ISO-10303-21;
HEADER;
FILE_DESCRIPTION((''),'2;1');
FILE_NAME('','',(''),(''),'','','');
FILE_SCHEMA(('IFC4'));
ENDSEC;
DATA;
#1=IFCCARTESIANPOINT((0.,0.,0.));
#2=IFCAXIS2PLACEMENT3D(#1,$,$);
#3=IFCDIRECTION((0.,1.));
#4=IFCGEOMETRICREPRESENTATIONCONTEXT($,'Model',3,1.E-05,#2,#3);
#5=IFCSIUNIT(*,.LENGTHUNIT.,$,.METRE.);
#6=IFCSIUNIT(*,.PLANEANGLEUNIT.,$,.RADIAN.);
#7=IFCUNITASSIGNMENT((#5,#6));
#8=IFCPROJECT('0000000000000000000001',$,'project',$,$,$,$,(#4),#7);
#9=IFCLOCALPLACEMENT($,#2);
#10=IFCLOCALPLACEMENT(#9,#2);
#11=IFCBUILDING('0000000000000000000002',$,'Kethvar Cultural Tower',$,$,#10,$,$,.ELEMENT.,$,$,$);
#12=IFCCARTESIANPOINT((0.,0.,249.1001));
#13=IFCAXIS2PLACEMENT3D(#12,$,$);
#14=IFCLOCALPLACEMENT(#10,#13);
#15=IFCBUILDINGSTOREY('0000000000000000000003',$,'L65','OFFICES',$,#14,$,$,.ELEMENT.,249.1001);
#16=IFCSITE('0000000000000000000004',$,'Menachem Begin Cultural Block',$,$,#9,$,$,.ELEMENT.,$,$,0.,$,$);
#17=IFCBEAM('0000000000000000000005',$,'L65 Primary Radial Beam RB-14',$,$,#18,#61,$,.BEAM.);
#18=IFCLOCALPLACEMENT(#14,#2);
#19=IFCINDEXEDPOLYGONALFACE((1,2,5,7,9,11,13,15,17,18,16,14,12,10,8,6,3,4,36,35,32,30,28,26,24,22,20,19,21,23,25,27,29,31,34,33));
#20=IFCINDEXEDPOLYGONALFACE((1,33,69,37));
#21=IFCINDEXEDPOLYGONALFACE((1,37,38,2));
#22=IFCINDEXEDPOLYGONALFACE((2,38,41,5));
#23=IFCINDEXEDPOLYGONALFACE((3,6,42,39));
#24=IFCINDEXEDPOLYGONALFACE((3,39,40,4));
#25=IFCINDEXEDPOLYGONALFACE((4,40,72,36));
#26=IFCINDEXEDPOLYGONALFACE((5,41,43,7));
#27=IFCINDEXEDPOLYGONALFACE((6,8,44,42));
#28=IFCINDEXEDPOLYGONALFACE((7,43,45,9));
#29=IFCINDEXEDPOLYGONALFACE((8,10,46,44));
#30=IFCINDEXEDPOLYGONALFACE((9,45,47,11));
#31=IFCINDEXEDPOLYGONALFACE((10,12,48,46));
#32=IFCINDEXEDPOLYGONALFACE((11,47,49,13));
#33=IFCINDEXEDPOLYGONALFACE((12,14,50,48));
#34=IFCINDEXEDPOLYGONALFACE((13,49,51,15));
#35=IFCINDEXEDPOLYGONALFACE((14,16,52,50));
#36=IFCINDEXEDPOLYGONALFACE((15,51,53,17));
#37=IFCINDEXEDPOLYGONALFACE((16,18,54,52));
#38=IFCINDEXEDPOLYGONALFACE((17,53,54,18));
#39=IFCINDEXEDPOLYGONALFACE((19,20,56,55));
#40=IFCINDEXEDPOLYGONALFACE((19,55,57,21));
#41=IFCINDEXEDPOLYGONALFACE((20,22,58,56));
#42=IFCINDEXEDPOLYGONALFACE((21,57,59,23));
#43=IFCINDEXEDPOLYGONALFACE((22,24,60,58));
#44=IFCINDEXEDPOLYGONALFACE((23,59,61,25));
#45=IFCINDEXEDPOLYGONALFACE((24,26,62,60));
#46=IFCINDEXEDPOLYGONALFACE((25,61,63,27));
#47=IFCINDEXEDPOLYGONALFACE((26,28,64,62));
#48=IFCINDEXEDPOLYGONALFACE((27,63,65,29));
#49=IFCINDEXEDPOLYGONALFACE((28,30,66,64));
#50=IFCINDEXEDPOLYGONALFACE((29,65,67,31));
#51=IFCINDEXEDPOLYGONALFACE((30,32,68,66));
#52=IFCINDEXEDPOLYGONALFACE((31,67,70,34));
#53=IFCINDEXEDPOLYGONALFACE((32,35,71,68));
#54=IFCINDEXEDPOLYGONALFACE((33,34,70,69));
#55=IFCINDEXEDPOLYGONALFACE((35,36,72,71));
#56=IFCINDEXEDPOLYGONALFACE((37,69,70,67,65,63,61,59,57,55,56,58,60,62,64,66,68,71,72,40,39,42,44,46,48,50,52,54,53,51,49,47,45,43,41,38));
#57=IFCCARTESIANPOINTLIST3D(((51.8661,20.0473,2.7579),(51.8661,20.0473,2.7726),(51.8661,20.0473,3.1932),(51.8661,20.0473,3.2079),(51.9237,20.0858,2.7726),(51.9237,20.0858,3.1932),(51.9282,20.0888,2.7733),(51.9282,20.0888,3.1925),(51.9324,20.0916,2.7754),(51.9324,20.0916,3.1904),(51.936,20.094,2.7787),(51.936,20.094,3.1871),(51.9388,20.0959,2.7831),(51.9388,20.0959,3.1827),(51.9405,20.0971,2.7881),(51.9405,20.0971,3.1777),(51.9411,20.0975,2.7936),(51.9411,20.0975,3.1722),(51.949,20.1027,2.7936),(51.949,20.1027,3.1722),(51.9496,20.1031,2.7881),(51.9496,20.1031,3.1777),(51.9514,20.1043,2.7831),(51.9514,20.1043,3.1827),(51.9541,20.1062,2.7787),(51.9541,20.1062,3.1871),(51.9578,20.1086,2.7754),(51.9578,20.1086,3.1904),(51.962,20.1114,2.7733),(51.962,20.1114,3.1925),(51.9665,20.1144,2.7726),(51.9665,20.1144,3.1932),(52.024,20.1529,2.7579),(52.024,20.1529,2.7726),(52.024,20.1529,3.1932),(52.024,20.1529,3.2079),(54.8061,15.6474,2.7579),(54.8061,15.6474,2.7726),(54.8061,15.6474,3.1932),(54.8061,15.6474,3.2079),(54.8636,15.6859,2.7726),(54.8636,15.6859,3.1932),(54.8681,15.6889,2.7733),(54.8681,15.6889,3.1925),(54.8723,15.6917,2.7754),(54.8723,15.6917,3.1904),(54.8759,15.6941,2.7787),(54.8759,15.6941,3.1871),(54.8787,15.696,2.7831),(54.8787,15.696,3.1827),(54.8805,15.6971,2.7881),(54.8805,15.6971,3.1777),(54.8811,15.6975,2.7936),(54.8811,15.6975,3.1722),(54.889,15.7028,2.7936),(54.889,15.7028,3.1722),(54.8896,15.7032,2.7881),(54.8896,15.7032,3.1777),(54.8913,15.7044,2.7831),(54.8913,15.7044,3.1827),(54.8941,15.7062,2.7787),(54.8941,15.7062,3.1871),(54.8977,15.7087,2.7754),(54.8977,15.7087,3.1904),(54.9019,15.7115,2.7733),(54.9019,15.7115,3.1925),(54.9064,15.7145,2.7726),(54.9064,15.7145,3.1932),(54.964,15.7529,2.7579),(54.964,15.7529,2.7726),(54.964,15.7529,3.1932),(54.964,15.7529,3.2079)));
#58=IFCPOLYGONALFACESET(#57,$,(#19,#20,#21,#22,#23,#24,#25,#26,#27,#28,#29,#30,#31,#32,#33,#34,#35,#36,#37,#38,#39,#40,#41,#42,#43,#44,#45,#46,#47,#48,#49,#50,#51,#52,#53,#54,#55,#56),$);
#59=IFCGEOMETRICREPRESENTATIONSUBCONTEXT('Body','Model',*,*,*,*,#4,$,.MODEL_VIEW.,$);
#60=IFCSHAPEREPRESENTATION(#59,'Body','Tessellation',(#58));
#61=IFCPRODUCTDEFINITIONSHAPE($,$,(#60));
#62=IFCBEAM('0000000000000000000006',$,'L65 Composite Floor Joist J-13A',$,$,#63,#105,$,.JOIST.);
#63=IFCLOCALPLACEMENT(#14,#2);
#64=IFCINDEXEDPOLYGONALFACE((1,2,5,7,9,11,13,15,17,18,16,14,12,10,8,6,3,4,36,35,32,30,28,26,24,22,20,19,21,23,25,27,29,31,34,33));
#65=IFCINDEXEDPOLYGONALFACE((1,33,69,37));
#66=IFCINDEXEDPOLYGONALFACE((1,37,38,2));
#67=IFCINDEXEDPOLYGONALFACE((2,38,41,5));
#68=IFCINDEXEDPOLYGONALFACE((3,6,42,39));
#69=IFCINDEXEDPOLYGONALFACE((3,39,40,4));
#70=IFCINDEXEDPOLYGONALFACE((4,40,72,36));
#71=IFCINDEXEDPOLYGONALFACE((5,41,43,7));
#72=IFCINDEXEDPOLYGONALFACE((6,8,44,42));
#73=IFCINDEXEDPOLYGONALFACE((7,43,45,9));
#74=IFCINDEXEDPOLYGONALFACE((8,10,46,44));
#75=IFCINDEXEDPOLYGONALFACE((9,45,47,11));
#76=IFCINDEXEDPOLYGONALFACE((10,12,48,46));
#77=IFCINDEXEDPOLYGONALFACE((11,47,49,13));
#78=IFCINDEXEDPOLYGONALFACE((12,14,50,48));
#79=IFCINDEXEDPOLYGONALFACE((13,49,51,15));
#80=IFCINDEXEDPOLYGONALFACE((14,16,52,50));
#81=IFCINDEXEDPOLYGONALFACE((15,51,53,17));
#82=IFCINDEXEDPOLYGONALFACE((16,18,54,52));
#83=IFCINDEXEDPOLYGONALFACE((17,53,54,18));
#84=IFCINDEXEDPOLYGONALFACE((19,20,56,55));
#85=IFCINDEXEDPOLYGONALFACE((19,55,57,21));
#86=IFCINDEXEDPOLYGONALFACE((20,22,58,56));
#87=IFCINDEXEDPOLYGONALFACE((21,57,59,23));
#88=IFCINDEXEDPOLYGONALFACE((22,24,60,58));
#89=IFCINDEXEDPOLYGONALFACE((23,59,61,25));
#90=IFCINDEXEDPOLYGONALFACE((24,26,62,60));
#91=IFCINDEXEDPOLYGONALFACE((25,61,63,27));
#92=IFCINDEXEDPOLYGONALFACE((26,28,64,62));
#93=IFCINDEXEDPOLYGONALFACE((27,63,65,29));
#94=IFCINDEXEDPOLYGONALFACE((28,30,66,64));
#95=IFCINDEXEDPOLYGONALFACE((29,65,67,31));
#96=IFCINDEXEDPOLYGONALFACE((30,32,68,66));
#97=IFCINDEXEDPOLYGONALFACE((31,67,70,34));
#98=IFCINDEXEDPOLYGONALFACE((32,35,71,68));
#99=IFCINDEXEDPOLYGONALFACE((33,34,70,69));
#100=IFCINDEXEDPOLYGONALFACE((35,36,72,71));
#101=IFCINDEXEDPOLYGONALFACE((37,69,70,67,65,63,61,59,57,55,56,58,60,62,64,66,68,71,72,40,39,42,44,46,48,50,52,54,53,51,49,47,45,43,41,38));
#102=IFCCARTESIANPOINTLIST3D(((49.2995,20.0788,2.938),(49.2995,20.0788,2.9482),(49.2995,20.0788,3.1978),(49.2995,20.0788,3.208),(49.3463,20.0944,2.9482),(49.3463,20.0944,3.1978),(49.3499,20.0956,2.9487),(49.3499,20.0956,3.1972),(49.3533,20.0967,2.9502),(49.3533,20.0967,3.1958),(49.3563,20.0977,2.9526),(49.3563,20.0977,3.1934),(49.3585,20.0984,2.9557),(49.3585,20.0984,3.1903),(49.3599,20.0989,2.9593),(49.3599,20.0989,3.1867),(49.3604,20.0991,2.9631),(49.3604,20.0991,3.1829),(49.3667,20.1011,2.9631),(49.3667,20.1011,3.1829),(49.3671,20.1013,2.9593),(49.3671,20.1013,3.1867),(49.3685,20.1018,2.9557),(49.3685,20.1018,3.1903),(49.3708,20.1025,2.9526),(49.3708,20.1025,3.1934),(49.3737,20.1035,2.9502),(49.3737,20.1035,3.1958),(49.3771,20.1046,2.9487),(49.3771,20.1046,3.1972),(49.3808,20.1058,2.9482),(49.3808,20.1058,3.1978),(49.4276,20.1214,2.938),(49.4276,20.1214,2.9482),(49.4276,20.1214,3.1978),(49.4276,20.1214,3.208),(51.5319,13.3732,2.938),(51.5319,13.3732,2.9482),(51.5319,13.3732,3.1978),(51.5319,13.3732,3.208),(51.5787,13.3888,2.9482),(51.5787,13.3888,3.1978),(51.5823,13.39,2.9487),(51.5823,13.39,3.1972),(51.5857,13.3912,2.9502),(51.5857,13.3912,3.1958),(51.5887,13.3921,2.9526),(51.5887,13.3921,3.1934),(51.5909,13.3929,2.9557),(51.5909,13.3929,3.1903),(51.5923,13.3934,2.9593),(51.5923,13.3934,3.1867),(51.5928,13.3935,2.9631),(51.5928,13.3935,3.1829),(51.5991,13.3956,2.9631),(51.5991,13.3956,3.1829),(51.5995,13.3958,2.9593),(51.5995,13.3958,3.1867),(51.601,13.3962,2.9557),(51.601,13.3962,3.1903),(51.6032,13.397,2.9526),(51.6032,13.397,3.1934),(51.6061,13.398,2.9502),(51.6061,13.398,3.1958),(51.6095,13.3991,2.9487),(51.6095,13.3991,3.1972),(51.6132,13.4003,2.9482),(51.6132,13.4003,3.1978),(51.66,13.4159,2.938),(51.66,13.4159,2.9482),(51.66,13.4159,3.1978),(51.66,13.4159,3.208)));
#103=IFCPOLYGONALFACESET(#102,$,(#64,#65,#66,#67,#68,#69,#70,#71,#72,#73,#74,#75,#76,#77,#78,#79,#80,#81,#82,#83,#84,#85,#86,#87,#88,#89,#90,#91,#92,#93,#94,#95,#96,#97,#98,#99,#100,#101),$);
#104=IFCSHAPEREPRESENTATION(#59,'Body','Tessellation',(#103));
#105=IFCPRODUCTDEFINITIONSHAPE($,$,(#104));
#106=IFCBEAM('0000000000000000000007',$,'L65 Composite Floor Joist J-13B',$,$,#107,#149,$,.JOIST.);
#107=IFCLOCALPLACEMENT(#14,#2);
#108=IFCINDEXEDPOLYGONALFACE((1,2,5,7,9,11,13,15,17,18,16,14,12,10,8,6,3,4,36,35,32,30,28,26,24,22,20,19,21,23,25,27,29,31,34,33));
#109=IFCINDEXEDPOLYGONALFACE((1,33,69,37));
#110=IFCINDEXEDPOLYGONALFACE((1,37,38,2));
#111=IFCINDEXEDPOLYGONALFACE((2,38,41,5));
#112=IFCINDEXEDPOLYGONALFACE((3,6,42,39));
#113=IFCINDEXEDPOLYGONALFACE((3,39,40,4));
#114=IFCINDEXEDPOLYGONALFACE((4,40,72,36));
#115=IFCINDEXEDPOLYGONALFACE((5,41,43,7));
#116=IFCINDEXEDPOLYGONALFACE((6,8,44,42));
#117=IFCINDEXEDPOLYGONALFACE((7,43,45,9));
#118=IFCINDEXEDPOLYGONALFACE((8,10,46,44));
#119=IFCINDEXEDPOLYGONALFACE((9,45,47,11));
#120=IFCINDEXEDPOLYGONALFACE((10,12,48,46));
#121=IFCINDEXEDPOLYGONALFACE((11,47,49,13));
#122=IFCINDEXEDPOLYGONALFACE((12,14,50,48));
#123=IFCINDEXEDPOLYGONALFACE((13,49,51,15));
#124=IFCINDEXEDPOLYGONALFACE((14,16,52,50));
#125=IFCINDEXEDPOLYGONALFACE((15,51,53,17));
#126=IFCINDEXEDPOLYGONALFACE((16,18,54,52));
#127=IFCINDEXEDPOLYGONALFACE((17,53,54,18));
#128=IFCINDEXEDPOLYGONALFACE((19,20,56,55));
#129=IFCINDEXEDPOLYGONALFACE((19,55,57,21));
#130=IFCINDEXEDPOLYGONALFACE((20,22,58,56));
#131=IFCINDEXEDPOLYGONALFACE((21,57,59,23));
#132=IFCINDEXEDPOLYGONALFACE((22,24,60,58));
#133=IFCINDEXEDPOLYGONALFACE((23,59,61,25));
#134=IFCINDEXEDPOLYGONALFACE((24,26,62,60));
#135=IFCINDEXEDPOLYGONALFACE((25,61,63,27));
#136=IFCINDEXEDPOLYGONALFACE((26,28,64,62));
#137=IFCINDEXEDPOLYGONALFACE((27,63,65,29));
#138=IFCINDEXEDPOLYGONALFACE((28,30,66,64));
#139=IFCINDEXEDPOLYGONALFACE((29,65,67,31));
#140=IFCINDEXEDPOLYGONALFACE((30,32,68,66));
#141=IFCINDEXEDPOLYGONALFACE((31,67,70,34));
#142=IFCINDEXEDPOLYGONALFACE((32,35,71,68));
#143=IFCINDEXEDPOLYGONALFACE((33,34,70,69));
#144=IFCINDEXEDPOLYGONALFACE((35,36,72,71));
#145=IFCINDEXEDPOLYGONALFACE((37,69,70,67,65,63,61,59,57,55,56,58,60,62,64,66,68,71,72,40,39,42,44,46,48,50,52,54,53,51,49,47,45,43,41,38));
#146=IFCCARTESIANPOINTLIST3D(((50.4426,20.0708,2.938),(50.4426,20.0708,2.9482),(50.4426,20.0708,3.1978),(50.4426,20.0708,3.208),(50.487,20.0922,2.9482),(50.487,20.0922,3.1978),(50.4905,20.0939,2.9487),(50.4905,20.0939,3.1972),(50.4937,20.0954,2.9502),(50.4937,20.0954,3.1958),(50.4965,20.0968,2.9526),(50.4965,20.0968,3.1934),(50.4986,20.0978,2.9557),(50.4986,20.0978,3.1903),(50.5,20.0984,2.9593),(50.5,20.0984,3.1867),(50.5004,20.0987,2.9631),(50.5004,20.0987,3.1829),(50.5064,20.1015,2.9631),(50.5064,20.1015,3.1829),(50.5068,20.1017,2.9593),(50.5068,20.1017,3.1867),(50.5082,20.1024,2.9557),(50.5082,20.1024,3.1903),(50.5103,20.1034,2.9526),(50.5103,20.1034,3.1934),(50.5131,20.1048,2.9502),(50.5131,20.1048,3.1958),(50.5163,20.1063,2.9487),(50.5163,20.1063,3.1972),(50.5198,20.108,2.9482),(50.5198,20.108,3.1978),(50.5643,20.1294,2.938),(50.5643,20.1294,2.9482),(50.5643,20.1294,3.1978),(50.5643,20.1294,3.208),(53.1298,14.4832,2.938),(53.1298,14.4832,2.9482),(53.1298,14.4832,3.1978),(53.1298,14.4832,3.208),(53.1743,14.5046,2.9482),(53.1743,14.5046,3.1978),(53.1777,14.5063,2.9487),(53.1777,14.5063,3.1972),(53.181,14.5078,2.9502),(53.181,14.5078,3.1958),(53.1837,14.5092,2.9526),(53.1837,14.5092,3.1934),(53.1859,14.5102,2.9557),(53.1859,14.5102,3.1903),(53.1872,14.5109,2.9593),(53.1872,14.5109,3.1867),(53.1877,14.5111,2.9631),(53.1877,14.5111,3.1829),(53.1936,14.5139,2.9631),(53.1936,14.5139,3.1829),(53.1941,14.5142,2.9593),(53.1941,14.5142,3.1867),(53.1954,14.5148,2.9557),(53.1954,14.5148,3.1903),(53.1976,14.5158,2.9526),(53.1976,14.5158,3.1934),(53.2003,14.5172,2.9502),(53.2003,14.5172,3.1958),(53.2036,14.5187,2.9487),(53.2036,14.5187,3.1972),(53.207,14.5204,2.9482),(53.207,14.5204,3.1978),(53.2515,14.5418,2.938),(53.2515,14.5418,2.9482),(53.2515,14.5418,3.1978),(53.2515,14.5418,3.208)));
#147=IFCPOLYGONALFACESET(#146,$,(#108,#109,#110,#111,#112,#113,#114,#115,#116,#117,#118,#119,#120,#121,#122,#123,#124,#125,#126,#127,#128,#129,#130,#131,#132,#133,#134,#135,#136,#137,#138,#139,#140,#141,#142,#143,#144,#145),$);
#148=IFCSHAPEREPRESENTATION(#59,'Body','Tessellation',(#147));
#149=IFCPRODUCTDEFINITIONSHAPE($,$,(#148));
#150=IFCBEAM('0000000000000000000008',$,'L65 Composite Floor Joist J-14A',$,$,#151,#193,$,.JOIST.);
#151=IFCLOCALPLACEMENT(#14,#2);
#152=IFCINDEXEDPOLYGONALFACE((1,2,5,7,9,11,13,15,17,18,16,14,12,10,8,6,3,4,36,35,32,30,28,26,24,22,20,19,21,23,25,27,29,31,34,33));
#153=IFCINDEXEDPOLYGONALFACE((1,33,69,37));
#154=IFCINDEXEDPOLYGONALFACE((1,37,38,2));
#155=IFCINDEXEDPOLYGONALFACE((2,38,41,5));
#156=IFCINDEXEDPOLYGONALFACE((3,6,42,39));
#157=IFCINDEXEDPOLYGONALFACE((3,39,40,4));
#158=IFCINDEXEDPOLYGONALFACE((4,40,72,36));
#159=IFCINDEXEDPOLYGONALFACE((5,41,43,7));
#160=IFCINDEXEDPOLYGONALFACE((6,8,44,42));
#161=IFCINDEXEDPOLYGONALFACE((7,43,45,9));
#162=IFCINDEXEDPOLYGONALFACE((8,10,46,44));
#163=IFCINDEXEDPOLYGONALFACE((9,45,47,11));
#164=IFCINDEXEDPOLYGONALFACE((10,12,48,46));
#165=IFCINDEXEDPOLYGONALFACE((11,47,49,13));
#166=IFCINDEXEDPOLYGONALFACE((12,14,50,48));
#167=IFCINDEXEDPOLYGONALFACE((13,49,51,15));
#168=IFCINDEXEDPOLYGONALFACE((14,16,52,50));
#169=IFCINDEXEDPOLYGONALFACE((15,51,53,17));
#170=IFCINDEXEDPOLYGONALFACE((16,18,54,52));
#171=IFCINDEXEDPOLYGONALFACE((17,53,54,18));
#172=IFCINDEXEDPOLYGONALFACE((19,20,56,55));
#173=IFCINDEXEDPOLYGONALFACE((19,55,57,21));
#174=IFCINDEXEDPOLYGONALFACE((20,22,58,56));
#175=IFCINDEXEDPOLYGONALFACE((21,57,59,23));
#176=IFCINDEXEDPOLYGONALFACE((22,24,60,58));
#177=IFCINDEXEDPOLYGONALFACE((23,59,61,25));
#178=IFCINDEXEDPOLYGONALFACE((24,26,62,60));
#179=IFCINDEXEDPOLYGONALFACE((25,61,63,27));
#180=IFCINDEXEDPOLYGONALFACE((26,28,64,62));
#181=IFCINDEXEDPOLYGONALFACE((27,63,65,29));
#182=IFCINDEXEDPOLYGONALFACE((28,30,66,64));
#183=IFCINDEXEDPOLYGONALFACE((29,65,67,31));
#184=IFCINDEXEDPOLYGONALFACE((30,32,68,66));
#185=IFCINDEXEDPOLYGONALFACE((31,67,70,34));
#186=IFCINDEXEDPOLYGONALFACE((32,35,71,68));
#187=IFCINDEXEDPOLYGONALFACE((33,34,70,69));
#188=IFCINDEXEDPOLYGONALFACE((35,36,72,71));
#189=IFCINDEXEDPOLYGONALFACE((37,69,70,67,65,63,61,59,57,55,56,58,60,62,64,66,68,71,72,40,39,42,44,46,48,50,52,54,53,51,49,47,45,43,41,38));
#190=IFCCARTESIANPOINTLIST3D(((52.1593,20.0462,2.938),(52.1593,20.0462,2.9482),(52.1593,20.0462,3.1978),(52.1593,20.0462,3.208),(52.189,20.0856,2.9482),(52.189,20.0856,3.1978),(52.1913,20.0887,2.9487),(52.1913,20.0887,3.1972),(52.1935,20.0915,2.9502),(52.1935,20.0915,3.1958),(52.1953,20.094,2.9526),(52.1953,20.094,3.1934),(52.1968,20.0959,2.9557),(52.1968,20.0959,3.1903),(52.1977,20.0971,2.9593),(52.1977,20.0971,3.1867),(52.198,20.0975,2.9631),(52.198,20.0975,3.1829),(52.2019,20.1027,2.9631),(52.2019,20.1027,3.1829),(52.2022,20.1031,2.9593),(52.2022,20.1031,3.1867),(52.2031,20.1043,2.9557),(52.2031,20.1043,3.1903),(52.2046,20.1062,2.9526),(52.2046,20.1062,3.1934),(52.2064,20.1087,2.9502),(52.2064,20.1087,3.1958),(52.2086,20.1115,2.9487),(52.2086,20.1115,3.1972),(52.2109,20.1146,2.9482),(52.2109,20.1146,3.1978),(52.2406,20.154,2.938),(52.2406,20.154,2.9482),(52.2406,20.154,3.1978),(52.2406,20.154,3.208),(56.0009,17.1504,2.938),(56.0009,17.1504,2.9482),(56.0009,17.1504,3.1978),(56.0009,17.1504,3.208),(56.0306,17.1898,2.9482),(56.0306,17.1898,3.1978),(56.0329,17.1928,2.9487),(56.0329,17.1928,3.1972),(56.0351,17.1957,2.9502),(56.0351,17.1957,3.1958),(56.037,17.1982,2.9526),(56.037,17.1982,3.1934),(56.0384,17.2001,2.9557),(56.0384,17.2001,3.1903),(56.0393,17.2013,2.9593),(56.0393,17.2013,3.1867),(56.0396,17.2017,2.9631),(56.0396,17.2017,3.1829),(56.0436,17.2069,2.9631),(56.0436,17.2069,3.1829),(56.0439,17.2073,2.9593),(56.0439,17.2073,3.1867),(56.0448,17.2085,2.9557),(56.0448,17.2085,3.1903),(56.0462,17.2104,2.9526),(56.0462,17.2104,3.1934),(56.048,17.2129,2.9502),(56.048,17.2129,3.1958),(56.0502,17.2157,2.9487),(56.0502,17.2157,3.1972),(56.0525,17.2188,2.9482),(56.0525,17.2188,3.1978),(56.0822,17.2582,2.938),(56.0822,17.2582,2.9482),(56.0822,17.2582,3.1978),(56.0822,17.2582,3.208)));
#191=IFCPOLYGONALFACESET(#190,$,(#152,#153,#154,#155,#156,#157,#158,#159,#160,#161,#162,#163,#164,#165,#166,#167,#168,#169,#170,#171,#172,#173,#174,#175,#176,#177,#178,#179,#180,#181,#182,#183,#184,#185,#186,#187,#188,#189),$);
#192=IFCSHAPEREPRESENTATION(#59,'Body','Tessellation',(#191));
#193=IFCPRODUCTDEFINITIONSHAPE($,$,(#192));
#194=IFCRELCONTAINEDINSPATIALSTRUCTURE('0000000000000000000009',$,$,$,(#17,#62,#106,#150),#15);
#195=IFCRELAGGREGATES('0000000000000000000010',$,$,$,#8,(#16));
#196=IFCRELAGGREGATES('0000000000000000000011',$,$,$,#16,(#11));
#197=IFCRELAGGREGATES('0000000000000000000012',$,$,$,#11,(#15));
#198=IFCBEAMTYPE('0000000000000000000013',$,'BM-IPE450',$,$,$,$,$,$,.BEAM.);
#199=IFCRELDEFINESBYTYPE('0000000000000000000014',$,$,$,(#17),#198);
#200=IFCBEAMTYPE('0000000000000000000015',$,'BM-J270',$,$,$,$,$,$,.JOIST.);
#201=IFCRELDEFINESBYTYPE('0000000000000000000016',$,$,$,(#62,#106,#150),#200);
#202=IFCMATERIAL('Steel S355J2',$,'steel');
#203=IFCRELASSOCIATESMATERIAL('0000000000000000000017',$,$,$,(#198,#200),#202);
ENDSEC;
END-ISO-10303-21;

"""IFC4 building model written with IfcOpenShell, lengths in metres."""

from ifc_helpers import new_model, si_unit, direction, frame, origin, origin_2d, place, context, subcontext, project, spatial, i_section, extrude, source, transform, mapped, material, material_profile, profile_set, type_object, element, save


model = new_model("IFC4")

# Units and contexts
model_context = context("Model", 3, precision=1e-05, world=origin(), true_north=direction((0.0, 1.0)))
body_context = subcontext(model_context, "Body", "Model", "MODEL_VIEW")
ifc_project = project(units=[si_unit("LENGTHUNIT", "METRE"), si_unit("PLANEANGLEUNIT", "RADIAN")], contexts=[model_context])

# Site, building, storey
site_placement = place(None, origin())
site = spatial("IfcSite", under=ifc_project, at=site_placement, Name="Menachem Begin Cultural Block", CompositionType="ELEMENT", RefElevation=0.0)
building_placement = place(site_placement, origin())
building = spatial("IfcBuilding", under=site, at=building_placement, Name="Kethvar Cultural Tower", CompositionType="ELEMENT")
storey_placement = place(building_placement, frame((0.0, 0.0, 249.1001)))
storey = spatial("IfcBuildingStorey", under=building, at=storey_placement, Name="L65", Description="OFFICES", CompositionType="ELEMENT", Elevation=249.1001)

# Beams
ifc_material_1 = material(Name="Steel S355J2", Category="steel")
ifc_material_profile_1 = material_profile(ifc_material_1, i_section(OverallWidth=0.1899, OverallDepth=0.45, WebThickness=0.0095, FlangeThickness=0.0146, FilletRadius=0.021, at=origin_2d()), Name="Steel S355J2 — IPE450")
ifc_profile_set_1 = profile_set([ifc_material_profile_1], Name="Steel S355J2 — IPE450")
beam_type_1 = type_object("IfcBeamType", Name="BM-IPE450", PredefinedType="BEAM", material=ifc_profile_set_1)
shared_shape_1 = source(origin(), body_context, "Body", "SweptSolid", [
    extrude(i_section(OverallWidth=0.1899, OverallDepth=0.45, WebThickness=0.0095, FlangeThickness=0.0146, FilletRadius=0.021, at=origin_2d()), origin(), (0.0, 0.0, 1.0), 5.2917),
])
beam_1_placement = place(storey_placement, frame((51.9451, 20.1001, 2.9829), z_axis=(0.555573, -0.831468, 0.0), x_axis=(0.831468, 0.555573, 0.0)))
element("IfcBeam", 1, at=beam_1_placement, inside=storey, type_object=beam_type_1, Name="L65 Primary Radial Beam RB-14", PredefinedType="BEAM", context=body_context, shape_type="MappedRepresentation", body=[
    mapped(shared_shape_1, transform((0.0, 0.0, 0.0), scale=1.0)),
])
ifc_material_profile_2 = material_profile(ifc_material_1, i_section(OverallWidth=0.135, OverallDepth=0.27, WebThickness=0.0066, FlangeThickness=0.0103, FilletRadius=0.0149, at=origin_2d()), Name="Steel S355J2 — IPE270")
ifc_profile_set_2 = profile_set([ifc_material_profile_2], Name="Steel S355J2 — IPE270")
beam_type_2 = type_object("IfcBeamType", Name="BM-J270", PredefinedType="JOIST", material=ifc_profile_set_2)
shared_shape_2 = source(origin(), body_context, "Body", "SweptSolid", [
    extrude(i_section(OverallWidth=0.135, OverallDepth=0.27, WebThickness=0.0066, FlangeThickness=0.0103, FilletRadius=0.0149, at=origin_2d()), origin(), (0.0, 0.0, 1.0), 7.0674),
])
beam_2_placement = place(storey_placement, frame((49.3635, 20.1001, 3.073), z_axis=(0.315875, -0.948801, 0.0), x_axis=(0.948801, 0.315875, 0.0)))
element("IfcBeam", 2, at=beam_2_placement, inside=storey, type_object=beam_type_2, Name="L65 Composite Floor Joist J-13A", PredefinedType="JOIST", context=body_context, shape_type="MappedRepresentation", body=[
    mapped(shared_shape_2, transform((0.0, 0.0, 0.0), scale=1.0)),
])
shared_shape_3 = source(origin(), body_context, "Body", "SweptSolid", [
    extrude(i_section(OverallWidth=0.135, OverallDepth=0.27, WebThickness=0.0066, FlangeThickness=0.0103, FilletRadius=0.0149, at=origin_2d()), origin(), (0.0, 0.0, 1.0), 6.2002),
])
beam_3_placement = place(storey_placement, frame((50.5034, 20.1001, 3.073), z_axis=(0.433411, -0.901197, 0.0), x_axis=(0.901197, 0.433411, 0.0)))
element("IfcBeam", 3, at=beam_3_placement, inside=storey, type_object=beam_type_2, Name="L65 Composite Floor Joist J-13B", PredefinedType="JOIST", context=body_context, shape_type="MappedRepresentation", body=[
    mapped(shared_shape_3, transform((0.0, 0.0, 0.0), scale=1.0)),
])
shared_shape_4 = source(origin(), body_context, "Body", "SweptSolid", [
    extrude(i_section(OverallWidth=0.135, OverallDepth=0.27, WebThickness=0.0066, FlangeThickness=0.0103, FilletRadius=0.0149, at=origin_2d()), origin(), (0.0, 0.0, 1.0), 4.8108),
])
beam_4_placement = place(storey_placement, frame((52.2, 20.1001, 3.073), z_axis=(0.798542, -0.601939, 0.0), x_axis=(0.601939, 0.798542, 0.0)))
element("IfcBeam", 4, at=beam_4_placement, inside=storey, type_object=beam_type_2, Name="L65 Composite Floor Joist J-14A", PredefinedType="JOIST", context=body_context, shape_type="MappedRepresentation", body=[
    mapped(shared_shape_4, transform((0.0, 0.0, 0.0), scale=1.0)),
])

save(model, "model.ifc")
